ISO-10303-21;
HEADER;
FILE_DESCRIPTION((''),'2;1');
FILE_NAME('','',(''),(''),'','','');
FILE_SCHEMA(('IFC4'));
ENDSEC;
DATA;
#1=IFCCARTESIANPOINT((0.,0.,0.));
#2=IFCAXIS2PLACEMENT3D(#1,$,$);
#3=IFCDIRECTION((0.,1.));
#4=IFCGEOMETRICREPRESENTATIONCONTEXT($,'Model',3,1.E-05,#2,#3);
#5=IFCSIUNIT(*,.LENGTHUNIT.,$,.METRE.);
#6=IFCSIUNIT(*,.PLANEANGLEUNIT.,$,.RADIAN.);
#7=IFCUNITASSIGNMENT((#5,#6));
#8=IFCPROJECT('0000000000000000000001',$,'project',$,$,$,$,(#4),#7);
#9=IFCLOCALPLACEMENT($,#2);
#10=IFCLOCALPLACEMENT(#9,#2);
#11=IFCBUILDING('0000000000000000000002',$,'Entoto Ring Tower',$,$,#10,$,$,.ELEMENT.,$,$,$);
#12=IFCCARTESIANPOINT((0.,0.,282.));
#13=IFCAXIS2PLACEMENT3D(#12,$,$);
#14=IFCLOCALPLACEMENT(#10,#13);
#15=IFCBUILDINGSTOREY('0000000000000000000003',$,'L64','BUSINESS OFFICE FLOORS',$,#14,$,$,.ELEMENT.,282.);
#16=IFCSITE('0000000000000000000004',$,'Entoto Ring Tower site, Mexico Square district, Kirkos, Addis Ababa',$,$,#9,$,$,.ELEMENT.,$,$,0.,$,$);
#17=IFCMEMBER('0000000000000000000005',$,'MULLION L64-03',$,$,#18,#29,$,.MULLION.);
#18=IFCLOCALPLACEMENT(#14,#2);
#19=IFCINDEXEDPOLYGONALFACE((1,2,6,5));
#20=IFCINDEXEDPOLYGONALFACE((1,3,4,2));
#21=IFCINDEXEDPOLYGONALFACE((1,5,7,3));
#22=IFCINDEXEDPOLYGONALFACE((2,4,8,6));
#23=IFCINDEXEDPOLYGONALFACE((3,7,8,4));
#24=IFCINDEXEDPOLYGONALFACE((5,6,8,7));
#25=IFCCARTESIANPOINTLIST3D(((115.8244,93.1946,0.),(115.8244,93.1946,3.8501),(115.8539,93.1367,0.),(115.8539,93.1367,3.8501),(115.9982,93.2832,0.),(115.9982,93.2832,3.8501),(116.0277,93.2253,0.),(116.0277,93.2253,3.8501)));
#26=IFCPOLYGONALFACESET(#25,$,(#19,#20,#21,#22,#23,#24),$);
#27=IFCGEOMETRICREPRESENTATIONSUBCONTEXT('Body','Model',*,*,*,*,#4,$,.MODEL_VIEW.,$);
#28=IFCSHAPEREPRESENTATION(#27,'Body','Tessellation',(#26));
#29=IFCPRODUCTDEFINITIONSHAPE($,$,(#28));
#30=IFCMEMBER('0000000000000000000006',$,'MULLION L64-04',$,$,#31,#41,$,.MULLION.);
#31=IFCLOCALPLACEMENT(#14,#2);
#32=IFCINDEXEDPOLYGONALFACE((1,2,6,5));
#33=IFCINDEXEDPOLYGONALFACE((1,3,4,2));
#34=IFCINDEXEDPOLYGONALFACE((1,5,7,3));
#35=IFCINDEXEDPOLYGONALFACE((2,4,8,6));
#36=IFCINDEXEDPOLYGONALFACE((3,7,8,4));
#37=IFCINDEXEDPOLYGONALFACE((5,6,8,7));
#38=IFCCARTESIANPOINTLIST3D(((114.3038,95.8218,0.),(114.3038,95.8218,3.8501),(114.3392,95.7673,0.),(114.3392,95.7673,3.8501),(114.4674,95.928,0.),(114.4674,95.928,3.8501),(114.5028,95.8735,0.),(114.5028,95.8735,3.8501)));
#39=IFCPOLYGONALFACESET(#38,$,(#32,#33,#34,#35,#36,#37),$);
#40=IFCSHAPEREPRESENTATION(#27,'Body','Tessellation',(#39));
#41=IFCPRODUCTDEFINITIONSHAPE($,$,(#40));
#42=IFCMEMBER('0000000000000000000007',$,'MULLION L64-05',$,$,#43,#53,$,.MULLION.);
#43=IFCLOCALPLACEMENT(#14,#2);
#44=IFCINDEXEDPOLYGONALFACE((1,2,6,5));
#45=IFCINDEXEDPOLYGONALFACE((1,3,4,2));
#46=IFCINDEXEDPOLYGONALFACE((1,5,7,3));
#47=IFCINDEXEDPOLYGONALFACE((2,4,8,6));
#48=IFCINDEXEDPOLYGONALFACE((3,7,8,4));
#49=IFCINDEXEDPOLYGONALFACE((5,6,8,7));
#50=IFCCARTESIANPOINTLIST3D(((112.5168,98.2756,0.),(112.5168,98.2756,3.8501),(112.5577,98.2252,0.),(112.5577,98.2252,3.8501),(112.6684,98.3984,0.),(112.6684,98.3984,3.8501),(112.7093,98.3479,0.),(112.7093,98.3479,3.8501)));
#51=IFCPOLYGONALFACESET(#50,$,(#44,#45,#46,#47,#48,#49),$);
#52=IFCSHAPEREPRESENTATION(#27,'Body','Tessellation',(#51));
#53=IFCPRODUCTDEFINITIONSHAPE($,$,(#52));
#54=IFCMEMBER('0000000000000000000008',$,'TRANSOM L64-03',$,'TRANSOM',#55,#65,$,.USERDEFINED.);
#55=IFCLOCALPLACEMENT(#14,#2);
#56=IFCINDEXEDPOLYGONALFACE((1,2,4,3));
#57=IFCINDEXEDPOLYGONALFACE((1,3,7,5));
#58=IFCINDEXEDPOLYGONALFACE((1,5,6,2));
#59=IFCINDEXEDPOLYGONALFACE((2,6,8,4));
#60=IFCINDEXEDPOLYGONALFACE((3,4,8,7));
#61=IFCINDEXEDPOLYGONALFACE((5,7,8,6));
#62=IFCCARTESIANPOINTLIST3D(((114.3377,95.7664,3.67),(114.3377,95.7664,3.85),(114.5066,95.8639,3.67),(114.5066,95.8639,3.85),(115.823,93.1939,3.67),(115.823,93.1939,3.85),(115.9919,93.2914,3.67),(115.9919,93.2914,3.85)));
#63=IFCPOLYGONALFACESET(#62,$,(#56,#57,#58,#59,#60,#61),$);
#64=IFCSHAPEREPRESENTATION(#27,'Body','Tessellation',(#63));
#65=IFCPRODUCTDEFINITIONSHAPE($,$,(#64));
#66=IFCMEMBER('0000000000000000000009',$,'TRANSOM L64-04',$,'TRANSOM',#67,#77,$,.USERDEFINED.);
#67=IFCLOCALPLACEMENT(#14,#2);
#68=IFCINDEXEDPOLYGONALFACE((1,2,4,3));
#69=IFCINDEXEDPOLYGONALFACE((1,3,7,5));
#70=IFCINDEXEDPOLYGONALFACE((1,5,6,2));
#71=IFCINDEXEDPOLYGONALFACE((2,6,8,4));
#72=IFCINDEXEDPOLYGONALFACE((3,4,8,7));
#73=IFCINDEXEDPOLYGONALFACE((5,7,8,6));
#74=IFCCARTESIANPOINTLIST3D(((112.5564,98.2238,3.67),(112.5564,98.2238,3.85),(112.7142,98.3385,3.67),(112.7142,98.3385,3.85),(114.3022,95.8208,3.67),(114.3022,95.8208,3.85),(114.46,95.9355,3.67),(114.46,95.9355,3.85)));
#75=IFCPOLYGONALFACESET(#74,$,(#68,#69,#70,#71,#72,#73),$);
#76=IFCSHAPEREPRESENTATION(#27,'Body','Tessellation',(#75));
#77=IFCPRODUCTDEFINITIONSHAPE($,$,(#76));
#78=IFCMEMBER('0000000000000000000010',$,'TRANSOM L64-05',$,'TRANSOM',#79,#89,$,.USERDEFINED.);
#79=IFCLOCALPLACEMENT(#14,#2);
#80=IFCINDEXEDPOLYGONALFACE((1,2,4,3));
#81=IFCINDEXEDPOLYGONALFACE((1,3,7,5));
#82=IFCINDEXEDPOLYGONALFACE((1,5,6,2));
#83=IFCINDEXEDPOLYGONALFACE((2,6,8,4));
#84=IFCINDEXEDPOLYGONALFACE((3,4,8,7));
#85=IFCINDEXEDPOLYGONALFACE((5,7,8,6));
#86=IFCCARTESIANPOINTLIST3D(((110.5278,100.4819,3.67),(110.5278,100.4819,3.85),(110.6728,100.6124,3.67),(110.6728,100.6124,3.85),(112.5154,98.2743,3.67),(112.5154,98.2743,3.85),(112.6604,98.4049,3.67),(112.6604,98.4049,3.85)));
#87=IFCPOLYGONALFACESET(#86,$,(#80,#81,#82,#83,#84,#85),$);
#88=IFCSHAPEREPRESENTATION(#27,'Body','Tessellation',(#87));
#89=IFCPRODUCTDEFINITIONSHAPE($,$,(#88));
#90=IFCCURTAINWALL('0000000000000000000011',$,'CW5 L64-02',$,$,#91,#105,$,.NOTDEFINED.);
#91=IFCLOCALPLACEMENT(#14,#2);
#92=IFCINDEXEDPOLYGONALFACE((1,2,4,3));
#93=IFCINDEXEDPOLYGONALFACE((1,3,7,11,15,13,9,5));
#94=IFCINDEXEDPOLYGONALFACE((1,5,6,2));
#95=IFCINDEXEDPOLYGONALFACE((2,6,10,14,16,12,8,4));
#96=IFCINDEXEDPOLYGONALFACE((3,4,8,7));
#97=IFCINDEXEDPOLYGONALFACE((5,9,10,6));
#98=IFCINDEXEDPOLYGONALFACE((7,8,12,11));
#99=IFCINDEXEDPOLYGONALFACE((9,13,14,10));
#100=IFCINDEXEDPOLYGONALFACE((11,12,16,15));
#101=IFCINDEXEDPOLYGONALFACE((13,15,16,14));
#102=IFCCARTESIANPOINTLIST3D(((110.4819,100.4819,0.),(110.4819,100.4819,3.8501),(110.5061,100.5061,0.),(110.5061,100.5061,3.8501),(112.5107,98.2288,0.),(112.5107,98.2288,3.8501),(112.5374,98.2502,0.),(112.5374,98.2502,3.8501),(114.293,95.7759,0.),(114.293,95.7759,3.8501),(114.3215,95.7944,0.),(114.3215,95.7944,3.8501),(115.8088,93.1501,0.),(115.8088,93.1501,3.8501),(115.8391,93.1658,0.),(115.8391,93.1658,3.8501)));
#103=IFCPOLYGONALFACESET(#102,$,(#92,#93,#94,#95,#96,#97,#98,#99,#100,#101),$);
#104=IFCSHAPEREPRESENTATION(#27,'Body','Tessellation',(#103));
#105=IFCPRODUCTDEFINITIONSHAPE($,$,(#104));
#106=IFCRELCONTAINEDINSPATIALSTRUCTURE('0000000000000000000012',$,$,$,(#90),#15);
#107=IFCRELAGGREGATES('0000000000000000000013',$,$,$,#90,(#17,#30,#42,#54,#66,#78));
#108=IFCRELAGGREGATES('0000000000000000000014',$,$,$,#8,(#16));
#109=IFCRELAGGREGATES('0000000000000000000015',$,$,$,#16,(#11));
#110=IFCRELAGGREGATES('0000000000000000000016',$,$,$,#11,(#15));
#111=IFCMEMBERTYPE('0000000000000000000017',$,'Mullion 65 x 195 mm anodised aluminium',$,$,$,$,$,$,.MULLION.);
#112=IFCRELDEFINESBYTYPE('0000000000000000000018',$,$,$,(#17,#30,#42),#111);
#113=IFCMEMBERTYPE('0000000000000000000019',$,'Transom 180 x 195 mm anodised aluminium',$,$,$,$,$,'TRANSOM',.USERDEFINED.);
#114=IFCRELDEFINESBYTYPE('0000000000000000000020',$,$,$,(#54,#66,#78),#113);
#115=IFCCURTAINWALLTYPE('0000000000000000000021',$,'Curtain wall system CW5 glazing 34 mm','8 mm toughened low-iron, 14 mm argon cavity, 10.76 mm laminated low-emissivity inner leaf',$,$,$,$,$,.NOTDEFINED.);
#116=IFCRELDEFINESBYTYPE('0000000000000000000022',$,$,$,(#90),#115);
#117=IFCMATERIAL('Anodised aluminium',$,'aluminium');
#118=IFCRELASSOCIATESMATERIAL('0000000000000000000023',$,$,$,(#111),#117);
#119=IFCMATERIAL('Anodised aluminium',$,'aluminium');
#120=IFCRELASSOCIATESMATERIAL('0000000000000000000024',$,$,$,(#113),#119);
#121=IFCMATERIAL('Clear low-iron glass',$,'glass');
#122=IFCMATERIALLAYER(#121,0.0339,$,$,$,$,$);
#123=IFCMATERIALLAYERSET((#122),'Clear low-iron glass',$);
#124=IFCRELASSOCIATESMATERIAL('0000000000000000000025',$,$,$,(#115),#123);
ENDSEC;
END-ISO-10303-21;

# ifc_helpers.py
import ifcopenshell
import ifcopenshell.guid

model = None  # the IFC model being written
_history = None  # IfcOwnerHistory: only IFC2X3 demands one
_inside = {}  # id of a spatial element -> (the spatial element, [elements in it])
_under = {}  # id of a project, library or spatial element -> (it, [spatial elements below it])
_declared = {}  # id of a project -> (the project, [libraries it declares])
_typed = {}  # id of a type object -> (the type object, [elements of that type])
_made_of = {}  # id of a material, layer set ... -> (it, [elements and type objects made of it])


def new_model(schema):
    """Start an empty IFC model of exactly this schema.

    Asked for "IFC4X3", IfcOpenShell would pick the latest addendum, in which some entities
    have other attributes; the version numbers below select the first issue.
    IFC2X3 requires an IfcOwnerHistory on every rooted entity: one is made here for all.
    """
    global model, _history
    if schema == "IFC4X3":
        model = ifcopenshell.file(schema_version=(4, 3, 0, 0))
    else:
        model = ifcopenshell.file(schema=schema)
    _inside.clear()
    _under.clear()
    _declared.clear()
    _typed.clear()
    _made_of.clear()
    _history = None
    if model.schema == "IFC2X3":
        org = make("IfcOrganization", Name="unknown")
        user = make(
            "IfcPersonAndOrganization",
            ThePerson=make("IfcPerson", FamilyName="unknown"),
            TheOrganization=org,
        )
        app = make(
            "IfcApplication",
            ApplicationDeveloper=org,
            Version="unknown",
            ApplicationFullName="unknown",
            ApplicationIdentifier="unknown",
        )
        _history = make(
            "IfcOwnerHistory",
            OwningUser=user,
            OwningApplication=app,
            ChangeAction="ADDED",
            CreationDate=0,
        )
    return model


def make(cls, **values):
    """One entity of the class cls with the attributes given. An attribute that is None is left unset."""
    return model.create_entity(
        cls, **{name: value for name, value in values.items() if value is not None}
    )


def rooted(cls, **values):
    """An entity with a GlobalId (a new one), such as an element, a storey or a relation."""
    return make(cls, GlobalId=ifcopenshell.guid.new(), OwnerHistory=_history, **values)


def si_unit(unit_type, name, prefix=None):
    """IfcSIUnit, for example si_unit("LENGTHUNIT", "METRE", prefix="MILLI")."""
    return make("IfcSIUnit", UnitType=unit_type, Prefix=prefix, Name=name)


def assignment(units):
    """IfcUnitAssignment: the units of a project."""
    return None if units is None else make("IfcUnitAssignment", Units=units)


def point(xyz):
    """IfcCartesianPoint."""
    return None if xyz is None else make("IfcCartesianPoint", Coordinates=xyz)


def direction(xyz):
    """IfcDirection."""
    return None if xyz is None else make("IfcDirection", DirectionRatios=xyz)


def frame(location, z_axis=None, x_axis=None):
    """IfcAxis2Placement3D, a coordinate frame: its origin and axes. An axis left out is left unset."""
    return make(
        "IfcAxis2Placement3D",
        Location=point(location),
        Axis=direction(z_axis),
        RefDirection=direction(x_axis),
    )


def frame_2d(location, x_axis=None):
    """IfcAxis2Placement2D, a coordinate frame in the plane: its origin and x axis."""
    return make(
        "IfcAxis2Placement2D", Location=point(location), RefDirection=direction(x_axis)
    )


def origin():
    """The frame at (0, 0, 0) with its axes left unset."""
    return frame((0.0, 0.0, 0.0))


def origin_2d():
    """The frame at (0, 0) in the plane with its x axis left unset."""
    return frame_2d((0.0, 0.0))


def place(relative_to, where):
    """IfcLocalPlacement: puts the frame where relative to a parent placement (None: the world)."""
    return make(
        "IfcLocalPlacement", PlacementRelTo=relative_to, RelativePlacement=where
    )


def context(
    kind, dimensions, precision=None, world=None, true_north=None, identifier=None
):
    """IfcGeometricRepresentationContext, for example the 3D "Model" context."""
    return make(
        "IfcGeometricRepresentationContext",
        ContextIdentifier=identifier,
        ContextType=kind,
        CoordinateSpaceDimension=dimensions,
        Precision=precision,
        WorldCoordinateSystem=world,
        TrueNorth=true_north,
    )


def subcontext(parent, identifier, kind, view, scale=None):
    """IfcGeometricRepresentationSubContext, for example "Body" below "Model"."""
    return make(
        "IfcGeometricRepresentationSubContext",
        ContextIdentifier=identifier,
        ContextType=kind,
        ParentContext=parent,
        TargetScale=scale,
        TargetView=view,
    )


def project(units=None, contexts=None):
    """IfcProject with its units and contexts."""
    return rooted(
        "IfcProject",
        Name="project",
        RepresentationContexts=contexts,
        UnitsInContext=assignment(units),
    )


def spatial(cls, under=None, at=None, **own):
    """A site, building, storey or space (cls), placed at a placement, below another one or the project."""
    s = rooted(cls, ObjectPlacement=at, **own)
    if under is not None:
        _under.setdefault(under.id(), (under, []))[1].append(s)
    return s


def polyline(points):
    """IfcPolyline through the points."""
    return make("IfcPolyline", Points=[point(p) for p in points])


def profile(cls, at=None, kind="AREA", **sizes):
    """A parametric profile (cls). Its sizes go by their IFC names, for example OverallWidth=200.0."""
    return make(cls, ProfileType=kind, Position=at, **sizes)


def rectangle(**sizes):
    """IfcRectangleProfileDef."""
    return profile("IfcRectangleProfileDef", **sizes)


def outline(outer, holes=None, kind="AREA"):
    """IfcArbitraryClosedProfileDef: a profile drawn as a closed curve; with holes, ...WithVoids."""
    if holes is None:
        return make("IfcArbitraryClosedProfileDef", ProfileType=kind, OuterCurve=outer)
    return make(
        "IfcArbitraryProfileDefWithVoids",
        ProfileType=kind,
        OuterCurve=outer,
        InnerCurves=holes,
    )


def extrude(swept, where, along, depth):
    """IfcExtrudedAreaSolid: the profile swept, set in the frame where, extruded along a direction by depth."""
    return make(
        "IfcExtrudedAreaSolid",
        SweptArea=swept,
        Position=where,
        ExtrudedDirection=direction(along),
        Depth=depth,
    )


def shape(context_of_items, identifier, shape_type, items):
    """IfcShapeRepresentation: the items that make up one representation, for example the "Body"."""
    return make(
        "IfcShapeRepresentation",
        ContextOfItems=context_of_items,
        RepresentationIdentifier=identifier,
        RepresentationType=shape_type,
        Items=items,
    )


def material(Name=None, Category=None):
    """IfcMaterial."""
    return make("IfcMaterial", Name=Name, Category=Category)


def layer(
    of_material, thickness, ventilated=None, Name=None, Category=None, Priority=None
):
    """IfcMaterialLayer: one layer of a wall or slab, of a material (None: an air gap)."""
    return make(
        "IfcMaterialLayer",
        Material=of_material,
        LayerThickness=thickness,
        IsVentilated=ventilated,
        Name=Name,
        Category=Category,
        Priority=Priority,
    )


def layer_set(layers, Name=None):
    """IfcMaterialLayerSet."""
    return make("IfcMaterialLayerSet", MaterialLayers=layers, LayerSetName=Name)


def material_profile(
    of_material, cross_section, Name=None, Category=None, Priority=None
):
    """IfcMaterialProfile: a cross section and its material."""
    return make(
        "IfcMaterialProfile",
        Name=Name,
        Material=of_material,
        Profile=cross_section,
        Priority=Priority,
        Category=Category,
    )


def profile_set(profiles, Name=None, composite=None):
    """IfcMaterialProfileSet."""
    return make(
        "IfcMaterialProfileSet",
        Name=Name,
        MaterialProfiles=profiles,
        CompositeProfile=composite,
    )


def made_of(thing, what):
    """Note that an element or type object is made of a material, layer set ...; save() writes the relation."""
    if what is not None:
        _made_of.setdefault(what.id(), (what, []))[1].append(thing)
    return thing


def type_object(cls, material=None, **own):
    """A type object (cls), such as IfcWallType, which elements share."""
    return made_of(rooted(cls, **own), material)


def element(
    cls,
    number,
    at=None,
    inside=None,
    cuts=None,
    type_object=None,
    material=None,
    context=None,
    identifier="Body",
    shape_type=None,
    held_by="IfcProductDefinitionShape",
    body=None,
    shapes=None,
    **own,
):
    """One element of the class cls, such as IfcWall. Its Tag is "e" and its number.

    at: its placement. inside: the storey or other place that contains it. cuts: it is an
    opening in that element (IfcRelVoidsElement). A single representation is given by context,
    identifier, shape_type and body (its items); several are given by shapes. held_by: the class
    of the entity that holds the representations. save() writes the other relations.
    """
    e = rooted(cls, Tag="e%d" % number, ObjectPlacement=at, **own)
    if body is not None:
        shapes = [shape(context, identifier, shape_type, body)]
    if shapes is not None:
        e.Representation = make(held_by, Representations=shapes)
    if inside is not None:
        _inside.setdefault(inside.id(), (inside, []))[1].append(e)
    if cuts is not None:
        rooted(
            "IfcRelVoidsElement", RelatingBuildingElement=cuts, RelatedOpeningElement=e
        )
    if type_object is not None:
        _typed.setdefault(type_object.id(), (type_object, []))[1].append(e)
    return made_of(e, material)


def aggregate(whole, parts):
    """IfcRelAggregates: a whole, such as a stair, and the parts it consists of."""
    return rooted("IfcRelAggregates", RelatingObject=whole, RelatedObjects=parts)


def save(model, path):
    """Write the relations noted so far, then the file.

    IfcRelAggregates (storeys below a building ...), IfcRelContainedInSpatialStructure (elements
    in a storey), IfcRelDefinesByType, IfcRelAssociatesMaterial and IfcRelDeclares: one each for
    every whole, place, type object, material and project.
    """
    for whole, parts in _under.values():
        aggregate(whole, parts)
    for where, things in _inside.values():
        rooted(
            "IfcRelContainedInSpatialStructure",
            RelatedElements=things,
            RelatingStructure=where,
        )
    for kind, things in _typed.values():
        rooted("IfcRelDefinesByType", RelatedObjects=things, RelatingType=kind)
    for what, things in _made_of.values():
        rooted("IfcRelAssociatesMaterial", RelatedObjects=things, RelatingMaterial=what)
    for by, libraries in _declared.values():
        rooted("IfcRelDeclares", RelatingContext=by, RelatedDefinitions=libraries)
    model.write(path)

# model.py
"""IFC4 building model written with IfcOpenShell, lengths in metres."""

from ifc_helpers import new_model, si_unit, direction, frame, origin, origin_2d, place, context, subcontext, project, spatial, polyline, rectangle, outline, extrude, material, layer, layer_set, material_profile, profile_set, type_object, element, aggregate, save


model = new_model("IFC4")

# Units and contexts
model_context = context("Model", 3, precision=1e-05, world=origin(), true_north=direction((0.0, 1.0)))
body_context = subcontext(model_context, "Body", "Model", "MODEL_VIEW")
ifc_project = project(units=[si_unit("LENGTHUNIT", "METRE"), si_unit("PLANEANGLEUNIT", "RADIAN")], contexts=[model_context])

# Members
ifc_material_1 = material(Name="Anodised aluminium", Category="aluminium")
ifc_material_profile_1 = material_profile(ifc_material_1, rectangle(XDim=0.0649, YDim=0.1951, at=origin_2d()), Name="Mullion 65 x 195 mm anodised aluminium")
ifc_profile_set_1 = profile_set([ifc_material_profile_1], Name="Anodised aluminium")
member_type_1 = type_object("IfcMemberType", Name="Mullion 65 x 195 mm anodised aluminium", PredefinedType="MULLION", material=ifc_profile_set_1)
site_placement = place(None, origin())
building_placement = place(site_placement, origin())
storey_placement = place(building_placement, frame((0.0, 0.0, 282.0)))
member_1_placement = place(storey_placement, frame((115.926, 93.21, 0.0), z_axis=(0.0, 0.0, 1.0), x_axis=(-0.45399, 0.891007, 0.0)))
member_1 = element("IfcMember", 1, at=member_1_placement, type_object=member_type_1, Name="MULLION L64-03", PredefinedType="MULLION", context=body_context, shape_type="SweptSolid", body=[
    extrude(rectangle(XDim=0.0649, YDim=0.1951, at=origin_2d()), origin(), (0.0, 0.0, 1.0), 3.8501),
])
member_2_placement = place(storey_placement, frame((114.4033, 95.8477, 0.0), z_axis=(0.0, 0.0, 1.0), x_axis=(-0.544639, 0.838671, 0.0)))
member_2 = element("IfcMember", 2, at=member_2_placement, type_object=member_type_1, Name="MULLION L64-04", PredefinedType="MULLION", context=body_context, shape_type="SweptSolid", body=[
    extrude(rectangle(XDim=0.0649, YDim=0.1951, at=origin_2d()), origin(), (0.0, 0.0, 1.0), 3.8501),
])
member_3_placement = place(storey_placement, frame((112.613, 98.3118, 0.0), z_axis=(0.0, 0.0, 1.0), x_axis=(-0.62932, 0.777146, 0.0)))
member_3 = element("IfcMember", 3, at=member_3_placement, type_object=member_type_1, Name="MULLION L64-05", PredefinedType="MULLION", context=body_context, shape_type="SweptSolid", body=[
    extrude(rectangle(XDim=0.0649, YDim=0.1951, at=origin_2d()), origin(), (0.0, 0.0, 1.0), 3.8501),
])
ifc_material_2 = material(Name="Anodised aluminium", Category="aluminium")
ifc_material_profile_2 = material_profile(ifc_material_2, rectangle(XDim=0.1951, YDim=0.1799, at=origin_2d()), Name="Transom 180 x 195 mm anodised aluminium")
ifc_profile_set_2 = profile_set([ifc_material_profile_2], Name="Anodised aluminium")
member_type_2 = type_object("IfcMemberType", Name="Transom 180 x 195 mm anodised aluminium", ElementType="TRANSOM", PredefinedType="USERDEFINED", material=ifc_profile_set_2)
member_4_placement = place(storey_placement, frame((115.9075, 93.2427, 3.76), z_axis=(-0.500028, 0.866009, 0.0), x_axis=(-0.866009, -0.500028, 0.0)))
member_4 = element("IfcMember", 4, at=member_4_placement, type_object=member_type_2, Name="TRANSOM L64-03", ObjectType="TRANSOM", PredefinedType="USERDEFINED", context=body_context, shape_type="SweptSolid", body=[
    extrude(rectangle(XDim=0.1951, YDim=0.1799, at=origin_2d()), origin(), (0.0, 0.0, 1.0), 2.9705),
])
member_5_placement = place(storey_placement, frame((114.3811, 95.8782, 3.76), z_axis=(-0.587766, 0.809031, 0.0), x_axis=(-0.809031, -0.587766, 0.0)))
member_5 = element("IfcMember", 5, at=member_5_placement, type_object=member_type_2, Name="TRANSOM L64-04", ObjectType="TRANSOM", PredefinedType="USERDEFINED", context=body_context, shape_type="SweptSolid", body=[
    extrude(rectangle(XDim=0.1951, YDim=0.1799, at=origin_2d()), origin(), (0.0, 0.0, 1.0), 2.9702),
])
member_6_placement = place(storey_placement, frame((112.5879, 98.3396, 3.76), z_axis=(-0.66911, 0.743163, 0.0), x_axis=(-0.743163, -0.66911, 0.0)))
member_6 = element("IfcMember", 6, at=member_6_placement, type_object=member_type_2, Name="TRANSOM L64-05", ObjectType="TRANSOM", PredefinedType="USERDEFINED", context=body_context, shape_type="SweptSolid", body=[
    extrude(rectangle(XDim=0.1951, YDim=0.1799, at=origin_2d()), origin(), (0.0, 0.0, 1.0), 2.9705),
])

# Site, building, storey
site = spatial("IfcSite", under=ifc_project, at=site_placement, Name="Entoto Ring Tower site, Mexico Square district, Kirkos, Addis Ababa", CompositionType="ELEMENT", RefElevation=0.0)
building = spatial("IfcBuilding", under=site, at=building_placement, Name="Entoto Ring Tower", CompositionType="ELEMENT")
storey = spatial("IfcBuildingStorey", under=building, at=storey_placement, Name="L64", Description="BUSINESS OFFICE FLOORS", CompositionType="ELEMENT", Elevation=282.0)

# Curtain wall
ifc_material_3 = material(Name="Clear low-iron glass", Category="glass")
ifc_layer_1 = layer(ifc_material_3, 0.0339)
ifc_layer_set_1 = layer_set([ifc_layer_1], Name="Clear low-iron glass")
curtain_wall_type = type_object("IfcCurtainWallType", Name="Curtain wall system CW5 glazing 34 mm", Description="8 mm toughened low-iron, 14 mm argon cavity, 10.76 mm laminated low-emissivity inner leaf", PredefinedType="NOTDEFINED", material=ifc_layer_set_1)
curtain_wall_1_placement = place(storey_placement, origin())
curtain_wall_1 = element("IfcCurtainWall", 7, at=curtain_wall_1_placement, inside=storey, type_object=curtain_wall_type, Name="CW5 L64-02", PredefinedType="NOTDEFINED", context=body_context, shape_type="SweptSolid", body=[
    extrude(outline(polyline([(115.8391, 93.1658), (114.3215, 95.7944), (112.5374, 98.2502), (110.5061, 100.5061), (110.4819, 100.4819), (112.5107, 98.2288), (114.293, 95.7759), (115.8088, 93.1501), (115.8391, 93.1658)])), origin(), (0.0, 0.0, 1.0), 3.8501),
])
aggregate(curtain_wall_1, [member_1, member_2, member_3, member_4, member_5, member_6])

save(model, "model.ifc")
